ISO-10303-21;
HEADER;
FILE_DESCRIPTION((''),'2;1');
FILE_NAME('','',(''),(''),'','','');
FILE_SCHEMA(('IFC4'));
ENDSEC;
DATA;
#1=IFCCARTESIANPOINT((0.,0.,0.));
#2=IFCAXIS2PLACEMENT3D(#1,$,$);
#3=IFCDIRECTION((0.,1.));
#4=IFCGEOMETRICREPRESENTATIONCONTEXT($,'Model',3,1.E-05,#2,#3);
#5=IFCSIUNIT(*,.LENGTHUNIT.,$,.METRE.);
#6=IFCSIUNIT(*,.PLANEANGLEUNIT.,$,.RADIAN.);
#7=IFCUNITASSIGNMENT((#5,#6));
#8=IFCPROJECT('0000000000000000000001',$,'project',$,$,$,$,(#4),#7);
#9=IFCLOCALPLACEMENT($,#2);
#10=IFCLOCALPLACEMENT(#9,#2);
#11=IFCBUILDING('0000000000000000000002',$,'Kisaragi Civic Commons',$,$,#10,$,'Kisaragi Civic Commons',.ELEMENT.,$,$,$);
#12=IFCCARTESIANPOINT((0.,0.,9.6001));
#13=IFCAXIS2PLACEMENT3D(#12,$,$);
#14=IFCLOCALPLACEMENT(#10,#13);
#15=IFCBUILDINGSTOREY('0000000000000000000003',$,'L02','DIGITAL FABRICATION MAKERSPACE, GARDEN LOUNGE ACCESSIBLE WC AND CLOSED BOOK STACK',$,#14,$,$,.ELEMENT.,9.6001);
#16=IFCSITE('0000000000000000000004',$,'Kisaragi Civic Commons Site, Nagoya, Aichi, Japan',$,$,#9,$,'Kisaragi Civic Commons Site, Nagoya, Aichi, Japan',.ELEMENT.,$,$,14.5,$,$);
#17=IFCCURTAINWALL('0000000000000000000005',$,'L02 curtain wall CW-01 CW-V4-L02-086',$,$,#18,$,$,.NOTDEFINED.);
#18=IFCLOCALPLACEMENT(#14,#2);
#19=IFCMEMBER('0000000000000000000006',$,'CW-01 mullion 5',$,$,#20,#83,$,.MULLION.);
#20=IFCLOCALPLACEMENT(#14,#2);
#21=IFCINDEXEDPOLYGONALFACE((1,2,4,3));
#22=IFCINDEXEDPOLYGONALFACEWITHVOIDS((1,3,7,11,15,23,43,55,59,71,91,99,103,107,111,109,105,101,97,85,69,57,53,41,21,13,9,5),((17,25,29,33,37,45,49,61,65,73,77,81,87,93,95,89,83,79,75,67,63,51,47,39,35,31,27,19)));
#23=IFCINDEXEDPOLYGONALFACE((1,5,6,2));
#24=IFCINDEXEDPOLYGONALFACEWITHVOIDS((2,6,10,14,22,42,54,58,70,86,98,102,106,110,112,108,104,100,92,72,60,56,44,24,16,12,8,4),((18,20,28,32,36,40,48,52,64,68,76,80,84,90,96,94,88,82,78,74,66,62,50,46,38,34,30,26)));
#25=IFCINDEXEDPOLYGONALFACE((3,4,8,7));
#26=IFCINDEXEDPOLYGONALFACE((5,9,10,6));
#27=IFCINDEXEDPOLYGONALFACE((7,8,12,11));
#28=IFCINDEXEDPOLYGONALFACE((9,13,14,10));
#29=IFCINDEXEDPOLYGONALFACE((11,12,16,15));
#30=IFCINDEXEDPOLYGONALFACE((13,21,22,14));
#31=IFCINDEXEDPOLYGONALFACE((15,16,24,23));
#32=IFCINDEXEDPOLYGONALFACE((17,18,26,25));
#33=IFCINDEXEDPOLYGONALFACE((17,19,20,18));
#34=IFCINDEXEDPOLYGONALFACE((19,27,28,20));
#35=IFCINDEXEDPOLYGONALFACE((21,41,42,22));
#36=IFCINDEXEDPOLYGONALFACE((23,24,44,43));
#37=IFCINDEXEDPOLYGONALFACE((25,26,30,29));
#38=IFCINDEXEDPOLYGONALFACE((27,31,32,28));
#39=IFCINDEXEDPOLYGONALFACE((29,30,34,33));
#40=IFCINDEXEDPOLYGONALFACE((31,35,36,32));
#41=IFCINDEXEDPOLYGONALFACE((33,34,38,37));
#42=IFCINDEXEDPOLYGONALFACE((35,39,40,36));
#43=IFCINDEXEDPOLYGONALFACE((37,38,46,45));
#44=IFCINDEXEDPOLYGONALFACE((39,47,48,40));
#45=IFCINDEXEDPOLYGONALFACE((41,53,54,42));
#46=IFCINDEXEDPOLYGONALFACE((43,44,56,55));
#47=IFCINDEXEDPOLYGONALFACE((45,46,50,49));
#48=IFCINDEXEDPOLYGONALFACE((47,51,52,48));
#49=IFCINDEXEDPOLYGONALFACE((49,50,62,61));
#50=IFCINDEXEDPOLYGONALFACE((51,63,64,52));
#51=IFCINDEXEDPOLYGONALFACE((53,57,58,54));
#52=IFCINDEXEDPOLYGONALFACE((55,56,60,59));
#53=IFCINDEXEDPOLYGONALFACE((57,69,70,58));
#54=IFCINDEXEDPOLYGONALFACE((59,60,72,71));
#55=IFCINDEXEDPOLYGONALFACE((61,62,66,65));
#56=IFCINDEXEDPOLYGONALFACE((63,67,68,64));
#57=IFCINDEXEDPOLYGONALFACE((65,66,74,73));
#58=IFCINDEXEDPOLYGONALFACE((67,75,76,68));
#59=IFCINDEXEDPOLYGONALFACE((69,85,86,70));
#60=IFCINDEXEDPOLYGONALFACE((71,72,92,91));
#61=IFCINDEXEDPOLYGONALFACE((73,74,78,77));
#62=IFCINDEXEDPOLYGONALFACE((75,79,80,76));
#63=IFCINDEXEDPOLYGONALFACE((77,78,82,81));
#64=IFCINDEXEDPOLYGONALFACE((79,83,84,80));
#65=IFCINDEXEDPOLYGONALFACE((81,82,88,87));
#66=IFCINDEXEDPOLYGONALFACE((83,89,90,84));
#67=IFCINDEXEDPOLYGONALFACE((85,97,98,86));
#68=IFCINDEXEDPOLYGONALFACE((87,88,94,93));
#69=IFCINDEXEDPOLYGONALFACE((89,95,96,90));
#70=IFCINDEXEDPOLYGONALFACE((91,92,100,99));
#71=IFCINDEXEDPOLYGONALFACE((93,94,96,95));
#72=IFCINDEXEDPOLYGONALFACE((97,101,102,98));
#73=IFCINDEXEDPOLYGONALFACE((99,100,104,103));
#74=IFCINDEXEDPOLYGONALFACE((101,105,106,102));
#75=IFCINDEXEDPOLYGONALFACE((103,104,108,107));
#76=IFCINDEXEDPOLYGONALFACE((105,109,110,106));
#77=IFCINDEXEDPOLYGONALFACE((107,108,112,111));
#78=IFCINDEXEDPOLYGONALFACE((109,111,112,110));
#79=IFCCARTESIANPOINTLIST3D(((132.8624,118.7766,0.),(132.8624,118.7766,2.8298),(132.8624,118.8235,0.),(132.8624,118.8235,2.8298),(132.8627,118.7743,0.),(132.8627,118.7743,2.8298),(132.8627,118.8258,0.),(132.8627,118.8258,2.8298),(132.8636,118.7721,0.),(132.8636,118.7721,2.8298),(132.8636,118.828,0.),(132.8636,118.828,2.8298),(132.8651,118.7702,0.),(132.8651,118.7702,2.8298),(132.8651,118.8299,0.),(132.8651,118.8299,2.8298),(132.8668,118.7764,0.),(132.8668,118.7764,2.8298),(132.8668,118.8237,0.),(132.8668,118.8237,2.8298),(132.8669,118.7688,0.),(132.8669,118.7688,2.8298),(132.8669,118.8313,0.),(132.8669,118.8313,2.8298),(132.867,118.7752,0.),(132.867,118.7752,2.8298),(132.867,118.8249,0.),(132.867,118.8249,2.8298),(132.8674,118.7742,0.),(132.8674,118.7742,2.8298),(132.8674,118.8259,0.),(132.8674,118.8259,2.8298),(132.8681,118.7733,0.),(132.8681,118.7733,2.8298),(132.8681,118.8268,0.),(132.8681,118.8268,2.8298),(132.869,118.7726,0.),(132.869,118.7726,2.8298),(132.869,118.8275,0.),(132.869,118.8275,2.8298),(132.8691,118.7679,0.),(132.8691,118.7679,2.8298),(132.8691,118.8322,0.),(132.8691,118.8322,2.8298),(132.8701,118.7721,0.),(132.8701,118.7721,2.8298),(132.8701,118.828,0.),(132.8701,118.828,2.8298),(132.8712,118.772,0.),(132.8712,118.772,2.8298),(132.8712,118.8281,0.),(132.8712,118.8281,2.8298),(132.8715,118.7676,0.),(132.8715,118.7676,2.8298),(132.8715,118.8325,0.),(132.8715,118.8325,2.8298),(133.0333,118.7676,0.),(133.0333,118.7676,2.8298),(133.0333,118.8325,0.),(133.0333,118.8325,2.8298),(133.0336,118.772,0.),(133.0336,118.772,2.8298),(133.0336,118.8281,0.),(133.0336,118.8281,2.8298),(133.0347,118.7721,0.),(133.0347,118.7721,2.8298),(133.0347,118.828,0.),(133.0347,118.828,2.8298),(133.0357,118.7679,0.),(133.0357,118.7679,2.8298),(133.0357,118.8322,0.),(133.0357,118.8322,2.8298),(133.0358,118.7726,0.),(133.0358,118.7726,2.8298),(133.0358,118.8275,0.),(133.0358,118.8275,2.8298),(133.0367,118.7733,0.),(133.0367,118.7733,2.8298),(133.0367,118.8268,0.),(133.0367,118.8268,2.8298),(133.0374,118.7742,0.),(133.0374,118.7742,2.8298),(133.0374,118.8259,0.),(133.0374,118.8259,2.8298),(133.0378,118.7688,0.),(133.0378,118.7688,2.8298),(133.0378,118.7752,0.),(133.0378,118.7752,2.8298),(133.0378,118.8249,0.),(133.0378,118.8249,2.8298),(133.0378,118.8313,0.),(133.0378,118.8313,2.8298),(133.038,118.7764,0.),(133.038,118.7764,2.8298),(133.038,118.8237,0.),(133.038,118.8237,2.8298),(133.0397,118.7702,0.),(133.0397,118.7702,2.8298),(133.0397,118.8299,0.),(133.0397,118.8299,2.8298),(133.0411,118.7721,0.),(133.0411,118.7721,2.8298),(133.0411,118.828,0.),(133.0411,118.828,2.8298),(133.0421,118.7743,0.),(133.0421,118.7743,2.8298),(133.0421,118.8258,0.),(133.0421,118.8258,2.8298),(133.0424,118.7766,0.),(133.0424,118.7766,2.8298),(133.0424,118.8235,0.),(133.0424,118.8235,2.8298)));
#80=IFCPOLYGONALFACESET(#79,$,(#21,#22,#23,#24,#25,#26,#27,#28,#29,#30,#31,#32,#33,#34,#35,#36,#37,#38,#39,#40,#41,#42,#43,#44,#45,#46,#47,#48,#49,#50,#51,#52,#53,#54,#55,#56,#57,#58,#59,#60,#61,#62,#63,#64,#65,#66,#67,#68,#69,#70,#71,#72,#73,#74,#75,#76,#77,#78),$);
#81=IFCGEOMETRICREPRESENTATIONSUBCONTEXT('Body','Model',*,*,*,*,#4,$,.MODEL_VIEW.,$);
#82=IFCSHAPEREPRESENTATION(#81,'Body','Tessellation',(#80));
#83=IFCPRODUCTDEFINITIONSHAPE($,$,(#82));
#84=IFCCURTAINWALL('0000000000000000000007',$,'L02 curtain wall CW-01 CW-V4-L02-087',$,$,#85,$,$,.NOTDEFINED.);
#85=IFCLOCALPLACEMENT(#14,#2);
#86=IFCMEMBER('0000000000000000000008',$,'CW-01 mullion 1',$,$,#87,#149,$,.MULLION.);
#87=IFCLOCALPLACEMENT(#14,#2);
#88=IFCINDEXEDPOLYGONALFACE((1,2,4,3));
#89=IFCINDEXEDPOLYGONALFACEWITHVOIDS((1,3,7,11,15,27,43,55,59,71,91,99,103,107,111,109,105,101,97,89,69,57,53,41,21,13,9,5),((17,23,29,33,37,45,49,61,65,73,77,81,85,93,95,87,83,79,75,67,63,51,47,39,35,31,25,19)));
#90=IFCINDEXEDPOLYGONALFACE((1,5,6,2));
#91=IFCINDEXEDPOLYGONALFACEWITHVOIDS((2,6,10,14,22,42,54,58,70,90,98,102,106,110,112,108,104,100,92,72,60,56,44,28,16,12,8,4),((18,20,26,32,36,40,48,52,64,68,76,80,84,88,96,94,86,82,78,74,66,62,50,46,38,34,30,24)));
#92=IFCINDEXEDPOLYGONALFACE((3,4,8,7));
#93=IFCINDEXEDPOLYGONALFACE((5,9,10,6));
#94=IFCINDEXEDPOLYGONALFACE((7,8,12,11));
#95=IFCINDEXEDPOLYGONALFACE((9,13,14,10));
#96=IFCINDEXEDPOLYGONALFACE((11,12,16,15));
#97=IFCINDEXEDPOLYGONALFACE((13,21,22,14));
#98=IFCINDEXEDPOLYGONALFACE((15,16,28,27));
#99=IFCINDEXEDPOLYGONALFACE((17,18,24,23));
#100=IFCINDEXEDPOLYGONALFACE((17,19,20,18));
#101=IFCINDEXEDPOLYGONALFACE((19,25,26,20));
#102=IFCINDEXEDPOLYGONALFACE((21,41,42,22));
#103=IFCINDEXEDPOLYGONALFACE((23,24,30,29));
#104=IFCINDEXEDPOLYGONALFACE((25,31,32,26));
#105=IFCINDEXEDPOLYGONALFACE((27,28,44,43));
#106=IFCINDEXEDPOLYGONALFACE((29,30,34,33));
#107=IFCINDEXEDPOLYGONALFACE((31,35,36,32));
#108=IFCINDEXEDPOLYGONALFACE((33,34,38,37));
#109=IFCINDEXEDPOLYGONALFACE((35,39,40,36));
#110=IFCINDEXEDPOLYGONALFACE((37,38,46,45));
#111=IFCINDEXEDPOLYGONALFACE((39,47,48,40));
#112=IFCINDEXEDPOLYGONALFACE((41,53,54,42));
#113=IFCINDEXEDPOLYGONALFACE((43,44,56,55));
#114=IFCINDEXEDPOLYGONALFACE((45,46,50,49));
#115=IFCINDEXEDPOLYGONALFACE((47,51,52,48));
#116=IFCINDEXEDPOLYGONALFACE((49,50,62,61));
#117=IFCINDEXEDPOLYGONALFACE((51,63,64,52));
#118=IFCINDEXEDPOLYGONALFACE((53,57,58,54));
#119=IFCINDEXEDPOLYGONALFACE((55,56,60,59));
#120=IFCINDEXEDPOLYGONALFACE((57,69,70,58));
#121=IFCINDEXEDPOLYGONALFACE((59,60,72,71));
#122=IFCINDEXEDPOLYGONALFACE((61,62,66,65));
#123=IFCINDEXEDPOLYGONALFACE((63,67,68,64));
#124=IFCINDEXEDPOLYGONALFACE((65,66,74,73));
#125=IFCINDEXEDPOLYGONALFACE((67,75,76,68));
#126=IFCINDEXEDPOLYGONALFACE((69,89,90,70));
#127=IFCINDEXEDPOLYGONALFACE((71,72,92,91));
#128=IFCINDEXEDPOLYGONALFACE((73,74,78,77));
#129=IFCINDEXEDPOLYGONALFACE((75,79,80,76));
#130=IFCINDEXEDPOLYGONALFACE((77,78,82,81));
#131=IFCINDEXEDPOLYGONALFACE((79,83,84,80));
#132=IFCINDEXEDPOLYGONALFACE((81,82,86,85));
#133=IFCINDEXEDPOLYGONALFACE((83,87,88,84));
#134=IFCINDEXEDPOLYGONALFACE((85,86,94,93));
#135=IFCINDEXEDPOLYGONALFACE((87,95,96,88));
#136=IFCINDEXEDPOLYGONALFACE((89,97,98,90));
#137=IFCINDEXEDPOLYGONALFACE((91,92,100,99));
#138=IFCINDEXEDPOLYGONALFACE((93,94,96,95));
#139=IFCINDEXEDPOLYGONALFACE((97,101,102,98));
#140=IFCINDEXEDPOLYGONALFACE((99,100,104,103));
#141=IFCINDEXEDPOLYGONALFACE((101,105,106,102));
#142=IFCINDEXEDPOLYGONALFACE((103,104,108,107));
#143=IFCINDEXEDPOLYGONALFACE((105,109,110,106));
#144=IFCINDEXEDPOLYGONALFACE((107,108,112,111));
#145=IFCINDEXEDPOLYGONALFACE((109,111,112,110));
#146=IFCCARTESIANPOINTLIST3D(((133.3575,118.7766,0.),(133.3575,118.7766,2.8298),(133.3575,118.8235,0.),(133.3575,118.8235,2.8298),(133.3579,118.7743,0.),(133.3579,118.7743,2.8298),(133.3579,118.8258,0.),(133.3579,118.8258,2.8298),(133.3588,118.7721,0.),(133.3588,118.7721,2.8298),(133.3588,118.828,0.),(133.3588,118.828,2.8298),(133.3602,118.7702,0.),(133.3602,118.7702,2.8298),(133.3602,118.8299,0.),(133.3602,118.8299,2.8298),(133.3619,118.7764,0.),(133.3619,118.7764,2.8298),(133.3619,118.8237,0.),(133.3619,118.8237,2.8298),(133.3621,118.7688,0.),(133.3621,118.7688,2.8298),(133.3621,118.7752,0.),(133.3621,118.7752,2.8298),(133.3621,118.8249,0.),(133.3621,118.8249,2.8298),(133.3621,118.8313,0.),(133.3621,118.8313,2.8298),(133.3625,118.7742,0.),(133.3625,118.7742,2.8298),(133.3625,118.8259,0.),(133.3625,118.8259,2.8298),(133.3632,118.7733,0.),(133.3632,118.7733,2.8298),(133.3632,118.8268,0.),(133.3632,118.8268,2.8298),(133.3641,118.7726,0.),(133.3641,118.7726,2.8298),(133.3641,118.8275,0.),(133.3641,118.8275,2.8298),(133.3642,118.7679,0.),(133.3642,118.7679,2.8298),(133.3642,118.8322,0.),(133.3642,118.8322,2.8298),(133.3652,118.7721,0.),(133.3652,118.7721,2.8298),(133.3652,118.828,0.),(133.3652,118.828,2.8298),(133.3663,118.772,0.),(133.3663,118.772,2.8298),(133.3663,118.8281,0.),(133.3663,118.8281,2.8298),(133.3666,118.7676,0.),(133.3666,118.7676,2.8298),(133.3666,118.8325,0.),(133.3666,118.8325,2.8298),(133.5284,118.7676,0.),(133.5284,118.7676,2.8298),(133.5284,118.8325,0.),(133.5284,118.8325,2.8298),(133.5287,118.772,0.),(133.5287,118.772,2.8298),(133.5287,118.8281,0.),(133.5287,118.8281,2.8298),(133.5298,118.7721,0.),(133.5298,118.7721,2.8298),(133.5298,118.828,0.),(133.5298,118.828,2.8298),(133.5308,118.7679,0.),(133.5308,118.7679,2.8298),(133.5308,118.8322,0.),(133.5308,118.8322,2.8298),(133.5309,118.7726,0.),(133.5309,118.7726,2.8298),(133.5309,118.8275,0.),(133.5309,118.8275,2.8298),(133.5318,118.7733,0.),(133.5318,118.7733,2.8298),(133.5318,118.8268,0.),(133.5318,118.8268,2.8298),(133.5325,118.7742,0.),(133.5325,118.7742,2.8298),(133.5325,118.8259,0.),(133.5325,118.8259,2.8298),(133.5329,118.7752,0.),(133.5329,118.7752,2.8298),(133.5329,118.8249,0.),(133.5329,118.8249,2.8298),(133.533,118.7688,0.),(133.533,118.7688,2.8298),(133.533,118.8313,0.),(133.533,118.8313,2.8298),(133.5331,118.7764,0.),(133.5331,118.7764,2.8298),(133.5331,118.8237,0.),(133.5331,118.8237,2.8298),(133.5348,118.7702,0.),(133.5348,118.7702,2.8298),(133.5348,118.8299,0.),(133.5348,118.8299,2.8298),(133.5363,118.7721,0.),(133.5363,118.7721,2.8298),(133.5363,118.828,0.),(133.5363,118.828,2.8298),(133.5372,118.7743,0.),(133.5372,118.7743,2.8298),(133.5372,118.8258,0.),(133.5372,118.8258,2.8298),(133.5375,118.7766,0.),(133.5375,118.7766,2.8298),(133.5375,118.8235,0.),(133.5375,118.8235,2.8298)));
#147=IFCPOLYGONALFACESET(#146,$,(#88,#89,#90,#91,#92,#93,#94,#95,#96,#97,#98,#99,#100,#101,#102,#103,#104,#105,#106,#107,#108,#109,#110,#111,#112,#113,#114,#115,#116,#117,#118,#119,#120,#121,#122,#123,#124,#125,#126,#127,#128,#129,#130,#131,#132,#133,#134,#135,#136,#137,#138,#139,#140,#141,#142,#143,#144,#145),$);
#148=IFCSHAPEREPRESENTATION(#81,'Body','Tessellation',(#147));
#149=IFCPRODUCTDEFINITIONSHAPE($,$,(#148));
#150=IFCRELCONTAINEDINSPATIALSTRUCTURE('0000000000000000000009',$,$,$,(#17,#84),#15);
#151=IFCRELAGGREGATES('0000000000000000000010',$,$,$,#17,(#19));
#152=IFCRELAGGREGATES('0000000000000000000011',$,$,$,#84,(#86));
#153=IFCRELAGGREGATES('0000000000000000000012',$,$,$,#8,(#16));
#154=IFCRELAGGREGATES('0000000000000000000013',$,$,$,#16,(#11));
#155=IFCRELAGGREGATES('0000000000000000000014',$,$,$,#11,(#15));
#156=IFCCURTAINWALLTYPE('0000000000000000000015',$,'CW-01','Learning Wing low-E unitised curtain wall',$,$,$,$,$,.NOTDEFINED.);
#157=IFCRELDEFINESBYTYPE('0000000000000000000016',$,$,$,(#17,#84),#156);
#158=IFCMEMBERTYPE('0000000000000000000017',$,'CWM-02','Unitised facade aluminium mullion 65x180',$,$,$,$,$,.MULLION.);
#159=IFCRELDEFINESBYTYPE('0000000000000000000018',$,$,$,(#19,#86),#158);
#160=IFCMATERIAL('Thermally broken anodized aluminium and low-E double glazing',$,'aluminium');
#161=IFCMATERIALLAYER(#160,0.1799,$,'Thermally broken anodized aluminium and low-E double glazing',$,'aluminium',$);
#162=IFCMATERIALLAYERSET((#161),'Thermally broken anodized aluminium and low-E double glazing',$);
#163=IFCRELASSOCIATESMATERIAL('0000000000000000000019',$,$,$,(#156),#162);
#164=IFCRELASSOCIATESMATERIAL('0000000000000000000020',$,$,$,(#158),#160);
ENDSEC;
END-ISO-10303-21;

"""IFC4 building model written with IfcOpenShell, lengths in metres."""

from ifc_helpers import new_model, si_unit, direction, frame, origin, origin_2d, place, context, subcontext, project, spatial, hollow_rectangle, extrude, material, layer, layer_set, material_profile, profile_set, type_object, element, aggregate, save


model = new_model("IFC4")

# Units and contexts
model_context = context("Model", 3, precision=1e-05, world=origin(), true_north=direction((0.0, 1.0)))
body_context = subcontext(model_context, "Body", "Model", "MODEL_VIEW")
ifc_project = project(units=[si_unit("LENGTHUNIT", "METRE"), si_unit("PLANEANGLEUNIT", "RADIAN")], contexts=[model_context])

# Site, building, storey
site_placement = place(None, origin())
site = spatial("IfcSite", under=ifc_project, at=site_placement, Name="Kisaragi Civic Commons Site, Nagoya, Aichi, Japan", LongName="Kisaragi Civic Commons Site, Nagoya, Aichi, Japan", CompositionType="ELEMENT", RefElevation=14.5)
building_placement = place(site_placement, origin())
building = spatial("IfcBuilding", under=site, at=building_placement, Name="Kisaragi Civic Commons", LongName="Kisaragi Civic Commons", CompositionType="ELEMENT")
storey_placement = place(building_placement, frame((0.0, 0.0, 9.6001)))
storey = spatial("IfcBuildingStorey", under=building, at=storey_placement, Name="L02", Description="DIGITAL FABRICATION MAKERSPACE, GARDEN LOUNGE ACCESSIBLE WC AND CLOSED BOOK STACK", CompositionType="ELEMENT", Elevation=9.6001)

# Curtain walls, members
ifc_material_1 = material(Name="Thermally broken anodized aluminium and low-E double glazing", Category="aluminium")
ifc_layer_1 = layer(ifc_material_1, 0.1799, Name="Thermally broken anodized aluminium and low-E double glazing", Category="aluminium")
ifc_layer_set_1 = layer_set([ifc_layer_1], Name="Thermally broken anodized aluminium and low-E double glazing")
curtain_wall_type = type_object("IfcCurtainWallType", Name="CW-01", Description="Learning Wing low-E unitised curtain wall", PredefinedType="NOTDEFINED", material=ifc_layer_set_1)
curtain_wall_1_placement = place(storey_placement, origin())
curtain_wall_1 = element("IfcCurtainWall", 1, at=curtain_wall_1_placement, inside=storey, type_object=curtain_wall_type, Name="L02 curtain wall CW-01 CW-V4-L02-086", PredefinedType="NOTDEFINED")
ifc_material_profile_1 = material_profile(ifc_material_1, hollow_rectangle(XDim=0.0649, YDim=0.1799, WallThickness=0.0044, InnerFilletRadius=0.0044, OuterFilletRadius=0.009, at=origin_2d()), Name="CWM-65x180x4.5", Category="aluminium")
ifc_profile_set_1 = profile_set([ifc_material_profile_1], Name="Thermally broken anodized aluminium and low-E double glazing")
member_type_1 = type_object("IfcMemberType", Name="CWM-02", Description="Unitised facade aluminium mullion 65x180", PredefinedType="MULLION", material=ifc_profile_set_1)
member_1_placement = place(storey_placement, frame((132.9524, 118.8, 0.0), z_axis=(0.0, 0.0, 1.0), x_axis=(0.0, 1.0, 0.0)))
member_1 = element("IfcMember", 2, at=member_1_placement, type_object=member_type_1, Name="CW-01 mullion 5", PredefinedType="MULLION", context=body_context, shape_type="SweptSolid", body=[
    extrude(hollow_rectangle(XDim=0.0649, YDim=0.1799, WallThickness=0.0044, InnerFilletRadius=0.0044, OuterFilletRadius=0.009, at=origin_2d()), origin(), (0.0, 0.0, 1.0), 2.8298),
])
curtain_wall_2_placement = place(storey_placement, origin())
curtain_wall_2 = element("IfcCurtainWall", 3, at=curtain_wall_2_placement, inside=storey, type_object=curtain_wall_type, Name="L02 curtain wall CW-01 CW-V4-L02-087", PredefinedType="NOTDEFINED")
member_2_placement = place(storey_placement, frame((133.4475, 118.8, 0.0), z_axis=(0.0, 0.0, 1.0), x_axis=(0.0, 1.0, 0.0)))
member_2 = element("IfcMember", 4, at=member_2_placement, type_object=member_type_1, Name="CW-01 mullion 1", PredefinedType="MULLION", context=body_context, shape_type="SweptSolid", body=[
    extrude(hollow_rectangle(XDim=0.0649, YDim=0.1799, WallThickness=0.0044, InnerFilletRadius=0.0044, OuterFilletRadius=0.009, at=origin_2d()), origin(), (0.0, 0.0, 1.0), 2.8298),
])

aggregate(curtain_wall_1, [member_1])
aggregate(curtain_wall_2, [member_2])

save(model, "model.ifc")
